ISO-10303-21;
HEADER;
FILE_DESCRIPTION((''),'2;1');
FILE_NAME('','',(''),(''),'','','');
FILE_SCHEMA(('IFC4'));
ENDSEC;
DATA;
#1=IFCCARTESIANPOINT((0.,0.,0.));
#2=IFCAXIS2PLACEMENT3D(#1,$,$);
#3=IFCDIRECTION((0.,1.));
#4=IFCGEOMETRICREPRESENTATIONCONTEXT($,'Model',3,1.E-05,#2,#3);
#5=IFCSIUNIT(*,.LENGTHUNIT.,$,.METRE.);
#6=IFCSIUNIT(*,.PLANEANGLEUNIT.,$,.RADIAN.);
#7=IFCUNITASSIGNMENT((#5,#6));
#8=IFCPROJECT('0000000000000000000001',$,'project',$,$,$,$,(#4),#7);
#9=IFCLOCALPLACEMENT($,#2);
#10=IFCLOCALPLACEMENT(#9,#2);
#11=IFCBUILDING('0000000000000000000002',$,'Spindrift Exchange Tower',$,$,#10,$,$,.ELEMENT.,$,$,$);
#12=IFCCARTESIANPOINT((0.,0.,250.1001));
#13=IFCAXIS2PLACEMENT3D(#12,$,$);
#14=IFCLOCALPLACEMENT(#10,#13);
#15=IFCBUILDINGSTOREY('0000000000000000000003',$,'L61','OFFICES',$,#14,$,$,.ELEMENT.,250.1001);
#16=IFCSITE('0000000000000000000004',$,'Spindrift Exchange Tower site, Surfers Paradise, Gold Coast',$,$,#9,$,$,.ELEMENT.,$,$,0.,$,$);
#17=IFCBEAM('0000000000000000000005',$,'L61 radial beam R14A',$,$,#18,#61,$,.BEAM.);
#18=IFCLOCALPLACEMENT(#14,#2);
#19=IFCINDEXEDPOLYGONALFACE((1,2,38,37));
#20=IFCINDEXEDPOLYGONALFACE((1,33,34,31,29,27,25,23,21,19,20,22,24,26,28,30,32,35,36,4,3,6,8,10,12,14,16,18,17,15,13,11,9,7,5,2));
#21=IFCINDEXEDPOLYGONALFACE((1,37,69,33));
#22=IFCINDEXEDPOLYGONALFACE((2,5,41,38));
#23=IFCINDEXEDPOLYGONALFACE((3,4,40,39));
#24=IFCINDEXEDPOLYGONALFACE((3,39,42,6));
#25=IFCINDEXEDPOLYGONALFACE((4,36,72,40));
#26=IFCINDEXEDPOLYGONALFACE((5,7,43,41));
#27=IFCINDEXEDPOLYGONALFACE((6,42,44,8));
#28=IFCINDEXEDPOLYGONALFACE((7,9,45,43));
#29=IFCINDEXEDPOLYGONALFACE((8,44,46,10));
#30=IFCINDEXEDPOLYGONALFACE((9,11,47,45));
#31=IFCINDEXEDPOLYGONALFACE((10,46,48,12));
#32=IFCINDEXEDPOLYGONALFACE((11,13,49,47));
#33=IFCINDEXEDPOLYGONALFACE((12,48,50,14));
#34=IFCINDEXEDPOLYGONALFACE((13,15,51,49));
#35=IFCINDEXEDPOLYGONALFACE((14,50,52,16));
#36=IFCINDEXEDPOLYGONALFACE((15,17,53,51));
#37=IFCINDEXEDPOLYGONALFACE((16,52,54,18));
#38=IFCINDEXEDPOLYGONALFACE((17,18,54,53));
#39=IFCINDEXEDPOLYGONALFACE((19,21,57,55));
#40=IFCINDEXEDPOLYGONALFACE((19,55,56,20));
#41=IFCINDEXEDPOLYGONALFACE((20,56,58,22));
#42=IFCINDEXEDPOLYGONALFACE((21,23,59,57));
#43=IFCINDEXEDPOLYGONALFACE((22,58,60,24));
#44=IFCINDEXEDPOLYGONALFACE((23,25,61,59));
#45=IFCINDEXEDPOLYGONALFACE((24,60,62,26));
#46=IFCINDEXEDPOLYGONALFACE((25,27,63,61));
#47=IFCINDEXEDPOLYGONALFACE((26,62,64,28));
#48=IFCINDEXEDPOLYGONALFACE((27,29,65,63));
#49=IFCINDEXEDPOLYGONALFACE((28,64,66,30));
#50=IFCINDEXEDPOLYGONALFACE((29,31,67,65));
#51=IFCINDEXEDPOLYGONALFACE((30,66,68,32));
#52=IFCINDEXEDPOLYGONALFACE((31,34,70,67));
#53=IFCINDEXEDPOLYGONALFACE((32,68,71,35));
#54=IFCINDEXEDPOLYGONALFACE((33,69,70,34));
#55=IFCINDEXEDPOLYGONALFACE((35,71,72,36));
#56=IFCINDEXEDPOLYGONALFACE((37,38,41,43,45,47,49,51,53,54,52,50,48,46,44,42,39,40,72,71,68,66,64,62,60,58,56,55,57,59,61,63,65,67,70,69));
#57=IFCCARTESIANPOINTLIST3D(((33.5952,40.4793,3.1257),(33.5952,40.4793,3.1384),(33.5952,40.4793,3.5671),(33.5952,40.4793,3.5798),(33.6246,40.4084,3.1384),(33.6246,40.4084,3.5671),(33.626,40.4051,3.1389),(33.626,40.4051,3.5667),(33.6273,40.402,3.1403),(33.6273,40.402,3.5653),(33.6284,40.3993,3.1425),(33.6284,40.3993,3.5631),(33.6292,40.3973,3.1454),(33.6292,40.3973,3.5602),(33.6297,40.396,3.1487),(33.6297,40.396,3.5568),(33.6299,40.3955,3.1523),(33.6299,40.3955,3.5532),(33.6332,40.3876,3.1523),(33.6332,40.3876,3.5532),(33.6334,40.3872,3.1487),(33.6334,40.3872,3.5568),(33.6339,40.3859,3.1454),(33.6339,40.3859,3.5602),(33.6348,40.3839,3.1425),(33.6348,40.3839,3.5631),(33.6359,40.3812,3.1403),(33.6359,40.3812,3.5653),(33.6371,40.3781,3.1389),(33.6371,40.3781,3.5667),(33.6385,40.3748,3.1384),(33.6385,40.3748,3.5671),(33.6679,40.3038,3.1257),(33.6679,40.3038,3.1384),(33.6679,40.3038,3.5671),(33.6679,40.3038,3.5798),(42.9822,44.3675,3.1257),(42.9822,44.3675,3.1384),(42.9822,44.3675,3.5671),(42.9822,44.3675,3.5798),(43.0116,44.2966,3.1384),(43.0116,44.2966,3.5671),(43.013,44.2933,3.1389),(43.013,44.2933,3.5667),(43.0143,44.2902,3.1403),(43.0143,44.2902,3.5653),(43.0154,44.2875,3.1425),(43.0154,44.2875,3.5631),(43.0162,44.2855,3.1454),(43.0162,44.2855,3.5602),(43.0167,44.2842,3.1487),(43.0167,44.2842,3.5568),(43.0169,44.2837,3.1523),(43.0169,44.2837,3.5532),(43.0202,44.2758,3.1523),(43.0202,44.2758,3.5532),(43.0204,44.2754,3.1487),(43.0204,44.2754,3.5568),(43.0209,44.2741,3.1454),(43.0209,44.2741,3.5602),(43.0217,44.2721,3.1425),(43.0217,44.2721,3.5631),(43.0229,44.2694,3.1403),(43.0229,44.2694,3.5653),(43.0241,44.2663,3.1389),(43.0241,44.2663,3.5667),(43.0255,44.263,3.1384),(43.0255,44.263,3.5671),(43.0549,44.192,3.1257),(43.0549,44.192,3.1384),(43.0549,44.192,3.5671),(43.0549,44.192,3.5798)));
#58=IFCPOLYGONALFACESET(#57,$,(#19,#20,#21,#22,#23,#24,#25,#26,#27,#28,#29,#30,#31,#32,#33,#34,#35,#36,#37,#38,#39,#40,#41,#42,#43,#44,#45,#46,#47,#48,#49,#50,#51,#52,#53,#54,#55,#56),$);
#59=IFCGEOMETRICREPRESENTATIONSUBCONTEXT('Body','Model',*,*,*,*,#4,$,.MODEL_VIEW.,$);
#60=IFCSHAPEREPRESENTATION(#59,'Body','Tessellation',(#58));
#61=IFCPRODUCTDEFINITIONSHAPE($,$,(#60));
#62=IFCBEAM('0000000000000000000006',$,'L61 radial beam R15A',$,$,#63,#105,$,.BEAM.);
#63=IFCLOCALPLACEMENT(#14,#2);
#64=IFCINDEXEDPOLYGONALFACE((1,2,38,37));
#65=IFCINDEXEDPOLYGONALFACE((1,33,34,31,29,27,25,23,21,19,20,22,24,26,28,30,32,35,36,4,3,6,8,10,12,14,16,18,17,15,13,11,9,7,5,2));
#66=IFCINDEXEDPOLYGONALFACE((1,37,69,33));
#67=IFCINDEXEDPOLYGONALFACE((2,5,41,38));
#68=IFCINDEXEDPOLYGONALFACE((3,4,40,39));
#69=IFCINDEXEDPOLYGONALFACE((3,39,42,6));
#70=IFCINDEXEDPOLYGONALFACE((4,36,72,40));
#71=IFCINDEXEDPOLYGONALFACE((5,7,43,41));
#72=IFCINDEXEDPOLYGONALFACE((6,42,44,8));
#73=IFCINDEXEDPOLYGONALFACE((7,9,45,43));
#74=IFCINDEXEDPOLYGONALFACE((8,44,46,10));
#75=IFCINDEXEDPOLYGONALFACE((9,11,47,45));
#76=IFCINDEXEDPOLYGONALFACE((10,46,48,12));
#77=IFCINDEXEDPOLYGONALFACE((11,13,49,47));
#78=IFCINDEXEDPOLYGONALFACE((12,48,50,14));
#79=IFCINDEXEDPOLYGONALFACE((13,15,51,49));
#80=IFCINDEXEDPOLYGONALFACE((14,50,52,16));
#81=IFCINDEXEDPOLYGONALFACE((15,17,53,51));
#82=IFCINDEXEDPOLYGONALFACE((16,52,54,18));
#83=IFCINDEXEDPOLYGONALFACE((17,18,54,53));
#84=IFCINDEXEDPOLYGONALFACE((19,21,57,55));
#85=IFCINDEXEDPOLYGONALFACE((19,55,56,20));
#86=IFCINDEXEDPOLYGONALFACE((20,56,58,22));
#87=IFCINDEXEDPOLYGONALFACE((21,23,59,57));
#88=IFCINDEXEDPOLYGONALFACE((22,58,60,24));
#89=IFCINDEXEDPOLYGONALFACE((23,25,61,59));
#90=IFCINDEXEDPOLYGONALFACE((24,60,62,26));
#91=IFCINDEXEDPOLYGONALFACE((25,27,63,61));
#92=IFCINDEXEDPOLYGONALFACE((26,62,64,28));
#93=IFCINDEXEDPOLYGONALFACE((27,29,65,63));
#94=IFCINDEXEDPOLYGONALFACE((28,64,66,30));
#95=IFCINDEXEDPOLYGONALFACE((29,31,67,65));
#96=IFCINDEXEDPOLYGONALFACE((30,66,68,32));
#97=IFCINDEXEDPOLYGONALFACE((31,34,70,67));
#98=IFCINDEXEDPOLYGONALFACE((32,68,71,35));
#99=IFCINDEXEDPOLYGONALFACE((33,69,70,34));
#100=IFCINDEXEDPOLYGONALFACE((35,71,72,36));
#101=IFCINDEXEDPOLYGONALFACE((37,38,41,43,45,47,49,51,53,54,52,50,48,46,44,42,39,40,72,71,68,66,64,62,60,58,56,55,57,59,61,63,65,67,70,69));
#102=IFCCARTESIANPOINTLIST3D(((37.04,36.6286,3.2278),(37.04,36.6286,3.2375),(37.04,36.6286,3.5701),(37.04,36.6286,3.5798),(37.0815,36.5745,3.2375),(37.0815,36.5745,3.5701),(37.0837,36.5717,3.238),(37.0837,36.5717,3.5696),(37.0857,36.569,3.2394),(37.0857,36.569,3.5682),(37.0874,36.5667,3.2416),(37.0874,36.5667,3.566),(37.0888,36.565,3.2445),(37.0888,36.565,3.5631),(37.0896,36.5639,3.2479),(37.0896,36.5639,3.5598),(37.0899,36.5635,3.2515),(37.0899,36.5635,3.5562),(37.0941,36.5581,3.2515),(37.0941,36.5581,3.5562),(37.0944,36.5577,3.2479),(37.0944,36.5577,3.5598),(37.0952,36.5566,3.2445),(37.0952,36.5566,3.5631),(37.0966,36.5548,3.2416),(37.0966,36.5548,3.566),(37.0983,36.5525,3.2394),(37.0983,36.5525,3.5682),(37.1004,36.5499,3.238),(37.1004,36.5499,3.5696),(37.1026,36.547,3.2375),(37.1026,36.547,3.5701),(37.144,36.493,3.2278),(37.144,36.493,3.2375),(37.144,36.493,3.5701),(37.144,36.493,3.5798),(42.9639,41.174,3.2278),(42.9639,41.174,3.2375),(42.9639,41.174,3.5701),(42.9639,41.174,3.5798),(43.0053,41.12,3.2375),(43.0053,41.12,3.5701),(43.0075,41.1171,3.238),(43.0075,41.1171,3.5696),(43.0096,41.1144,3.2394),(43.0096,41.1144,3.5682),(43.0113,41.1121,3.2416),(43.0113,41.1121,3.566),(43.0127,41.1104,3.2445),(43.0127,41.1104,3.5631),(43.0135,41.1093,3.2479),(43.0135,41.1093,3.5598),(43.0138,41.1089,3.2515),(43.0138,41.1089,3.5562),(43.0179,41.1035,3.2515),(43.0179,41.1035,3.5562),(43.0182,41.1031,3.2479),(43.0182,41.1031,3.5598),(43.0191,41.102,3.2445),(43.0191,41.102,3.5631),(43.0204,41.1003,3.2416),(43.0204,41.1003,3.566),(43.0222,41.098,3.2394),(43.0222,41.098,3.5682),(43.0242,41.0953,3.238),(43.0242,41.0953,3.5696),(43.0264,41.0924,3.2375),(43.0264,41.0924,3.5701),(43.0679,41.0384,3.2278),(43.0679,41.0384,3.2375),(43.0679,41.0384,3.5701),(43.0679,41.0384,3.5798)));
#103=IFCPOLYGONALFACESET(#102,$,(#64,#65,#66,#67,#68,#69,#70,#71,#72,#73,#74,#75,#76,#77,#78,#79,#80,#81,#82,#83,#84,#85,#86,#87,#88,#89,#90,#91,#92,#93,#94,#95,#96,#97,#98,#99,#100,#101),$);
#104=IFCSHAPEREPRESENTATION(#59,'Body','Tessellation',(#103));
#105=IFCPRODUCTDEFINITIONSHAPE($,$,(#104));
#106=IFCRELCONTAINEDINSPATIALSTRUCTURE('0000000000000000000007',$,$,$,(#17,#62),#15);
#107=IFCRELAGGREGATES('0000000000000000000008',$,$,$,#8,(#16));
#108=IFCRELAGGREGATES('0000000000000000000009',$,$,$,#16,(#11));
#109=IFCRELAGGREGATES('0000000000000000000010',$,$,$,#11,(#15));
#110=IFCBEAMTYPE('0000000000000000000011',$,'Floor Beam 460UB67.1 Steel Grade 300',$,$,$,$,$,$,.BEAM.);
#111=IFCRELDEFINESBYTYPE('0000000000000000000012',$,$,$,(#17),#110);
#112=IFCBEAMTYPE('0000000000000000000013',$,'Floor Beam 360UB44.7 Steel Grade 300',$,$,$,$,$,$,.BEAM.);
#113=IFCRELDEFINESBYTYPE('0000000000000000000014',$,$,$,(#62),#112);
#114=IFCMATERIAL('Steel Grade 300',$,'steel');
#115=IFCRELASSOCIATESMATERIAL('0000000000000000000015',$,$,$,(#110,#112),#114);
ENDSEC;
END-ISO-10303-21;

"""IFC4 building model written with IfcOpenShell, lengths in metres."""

from ifc_helpers import new_model, si_unit, direction, frame, origin, origin_2d, place, context, subcontext, project, spatial, i_section, extrude, source, transform, mapped, material, material_profile, profile_set, type_object, element, save


model = new_model("IFC4")

# Units and contexts
model_context = context("Model", 3, precision=1e-05, world=origin(), true_north=direction((0.0, 1.0)))
body_context = subcontext(model_context, "Body", "Model", "MODEL_VIEW")
ifc_project = project(units=[si_unit("LENGTHUNIT", "METRE"), si_unit("PLANEANGLEUNIT", "RADIAN")], contexts=[model_context])

# Site, building, storey
site_placement = place(None, origin())
site = spatial("IfcSite", under=ifc_project, at=site_placement, Name="Spindrift Exchange Tower site, Surfers Paradise, Gold Coast", CompositionType="ELEMENT", RefElevation=0.0)
building_placement = place(site_placement, origin())
building = spatial("IfcBuilding", under=site, at=building_placement, Name="Spindrift Exchange Tower", CompositionType="ELEMENT")
storey_placement = place(building_placement, frame((0.0, 0.0, 250.1001)))
storey = spatial("IfcBuildingStorey", under=building, at=storey_placement, Name="L61", Description="OFFICES", CompositionType="ELEMENT", Elevation=250.1001)

# Beams
ifc_material_1 = material(Name="Steel Grade 300", Category="steel")
ifc_material_profile_1 = material_profile(ifc_material_1, i_section(OverallWidth=0.1899, OverallDepth=0.4541, WebThickness=0.0085, FlangeThickness=0.0127, FilletRadius=0.0139, at=origin_2d()), Name="460UB67.1")
ifc_profile_set_1 = profile_set([ifc_material_profile_1], Name="Steel Grade 300")
beam_type_1 = type_object("IfcBeamType", Name="Floor Beam 460UB67.1 Steel Grade 300", PredefinedType="BEAM", material=ifc_profile_set_1)
shared_shape_1 = source(origin(), body_context, "Body", "SweptSolid", [
    extrude(i_section(OverallWidth=0.1899, OverallDepth=0.4541, WebThickness=0.0085, FlangeThickness=0.0127, FilletRadius=0.0139, at=origin_2d()), origin(), (0.0, 0.0, 1.0), 10.1604),
])
beam_1_placement = place(storey_placement, frame((43.0186, 44.2798, 3.3528), z_axis=(-0.92388, -0.382681, 0.0), x_axis=(0.382681, -0.92388, 0.0)))
element("IfcBeam", 1, at=beam_1_placement, inside=storey, type_object=beam_type_1, Name="L61 radial beam R14A", PredefinedType="BEAM", context=body_context, shape_type="MappedRepresentation", body=[
    mapped(shared_shape_1, transform((0.0, 0.0, 0.0), scale=1.0)),
])
ifc_material_profile_2 = material_profile(ifc_material_1, i_section(OverallWidth=0.1709, OverallDepth=0.3521, WebThickness=0.0068, FlangeThickness=0.0098, FilletRadius=0.0139, at=origin_2d()), Name="360UB44.7")
ifc_profile_set_2 = profile_set([ifc_material_profile_2], Name="Steel Grade 300")
beam_type_2 = type_object("IfcBeamType", Name="Floor Beam 360UB44.7 Steel Grade 300", PredefinedType="BEAM", material=ifc_profile_set_2)
shared_shape_2 = source(origin(), body_context, "Body", "SweptSolid", [
    extrude(i_section(OverallWidth=0.1709, OverallDepth=0.3521, WebThickness=0.0068, FlangeThickness=0.0098, FilletRadius=0.0139, at=origin_2d()), origin(), (0.0, 0.0, 1.0), 7.4668),
])
beam_2_placement = place(storey_placement, frame((43.0159, 41.1062, 3.4038), z_axis=(-0.79336, -0.608753, 0.0), x_axis=(0.608753, -0.79336, 0.0)))
element("IfcBeam", 2, at=beam_2_placement, inside=storey, type_object=beam_type_2, Name="L61 radial beam R15A", PredefinedType="BEAM", context=body_context, shape_type="MappedRepresentation", body=[
    mapped(shared_shape_2, transform((0.0, 0.0, 0.0), scale=1.0)),
])

save(model, "model.ifc")
